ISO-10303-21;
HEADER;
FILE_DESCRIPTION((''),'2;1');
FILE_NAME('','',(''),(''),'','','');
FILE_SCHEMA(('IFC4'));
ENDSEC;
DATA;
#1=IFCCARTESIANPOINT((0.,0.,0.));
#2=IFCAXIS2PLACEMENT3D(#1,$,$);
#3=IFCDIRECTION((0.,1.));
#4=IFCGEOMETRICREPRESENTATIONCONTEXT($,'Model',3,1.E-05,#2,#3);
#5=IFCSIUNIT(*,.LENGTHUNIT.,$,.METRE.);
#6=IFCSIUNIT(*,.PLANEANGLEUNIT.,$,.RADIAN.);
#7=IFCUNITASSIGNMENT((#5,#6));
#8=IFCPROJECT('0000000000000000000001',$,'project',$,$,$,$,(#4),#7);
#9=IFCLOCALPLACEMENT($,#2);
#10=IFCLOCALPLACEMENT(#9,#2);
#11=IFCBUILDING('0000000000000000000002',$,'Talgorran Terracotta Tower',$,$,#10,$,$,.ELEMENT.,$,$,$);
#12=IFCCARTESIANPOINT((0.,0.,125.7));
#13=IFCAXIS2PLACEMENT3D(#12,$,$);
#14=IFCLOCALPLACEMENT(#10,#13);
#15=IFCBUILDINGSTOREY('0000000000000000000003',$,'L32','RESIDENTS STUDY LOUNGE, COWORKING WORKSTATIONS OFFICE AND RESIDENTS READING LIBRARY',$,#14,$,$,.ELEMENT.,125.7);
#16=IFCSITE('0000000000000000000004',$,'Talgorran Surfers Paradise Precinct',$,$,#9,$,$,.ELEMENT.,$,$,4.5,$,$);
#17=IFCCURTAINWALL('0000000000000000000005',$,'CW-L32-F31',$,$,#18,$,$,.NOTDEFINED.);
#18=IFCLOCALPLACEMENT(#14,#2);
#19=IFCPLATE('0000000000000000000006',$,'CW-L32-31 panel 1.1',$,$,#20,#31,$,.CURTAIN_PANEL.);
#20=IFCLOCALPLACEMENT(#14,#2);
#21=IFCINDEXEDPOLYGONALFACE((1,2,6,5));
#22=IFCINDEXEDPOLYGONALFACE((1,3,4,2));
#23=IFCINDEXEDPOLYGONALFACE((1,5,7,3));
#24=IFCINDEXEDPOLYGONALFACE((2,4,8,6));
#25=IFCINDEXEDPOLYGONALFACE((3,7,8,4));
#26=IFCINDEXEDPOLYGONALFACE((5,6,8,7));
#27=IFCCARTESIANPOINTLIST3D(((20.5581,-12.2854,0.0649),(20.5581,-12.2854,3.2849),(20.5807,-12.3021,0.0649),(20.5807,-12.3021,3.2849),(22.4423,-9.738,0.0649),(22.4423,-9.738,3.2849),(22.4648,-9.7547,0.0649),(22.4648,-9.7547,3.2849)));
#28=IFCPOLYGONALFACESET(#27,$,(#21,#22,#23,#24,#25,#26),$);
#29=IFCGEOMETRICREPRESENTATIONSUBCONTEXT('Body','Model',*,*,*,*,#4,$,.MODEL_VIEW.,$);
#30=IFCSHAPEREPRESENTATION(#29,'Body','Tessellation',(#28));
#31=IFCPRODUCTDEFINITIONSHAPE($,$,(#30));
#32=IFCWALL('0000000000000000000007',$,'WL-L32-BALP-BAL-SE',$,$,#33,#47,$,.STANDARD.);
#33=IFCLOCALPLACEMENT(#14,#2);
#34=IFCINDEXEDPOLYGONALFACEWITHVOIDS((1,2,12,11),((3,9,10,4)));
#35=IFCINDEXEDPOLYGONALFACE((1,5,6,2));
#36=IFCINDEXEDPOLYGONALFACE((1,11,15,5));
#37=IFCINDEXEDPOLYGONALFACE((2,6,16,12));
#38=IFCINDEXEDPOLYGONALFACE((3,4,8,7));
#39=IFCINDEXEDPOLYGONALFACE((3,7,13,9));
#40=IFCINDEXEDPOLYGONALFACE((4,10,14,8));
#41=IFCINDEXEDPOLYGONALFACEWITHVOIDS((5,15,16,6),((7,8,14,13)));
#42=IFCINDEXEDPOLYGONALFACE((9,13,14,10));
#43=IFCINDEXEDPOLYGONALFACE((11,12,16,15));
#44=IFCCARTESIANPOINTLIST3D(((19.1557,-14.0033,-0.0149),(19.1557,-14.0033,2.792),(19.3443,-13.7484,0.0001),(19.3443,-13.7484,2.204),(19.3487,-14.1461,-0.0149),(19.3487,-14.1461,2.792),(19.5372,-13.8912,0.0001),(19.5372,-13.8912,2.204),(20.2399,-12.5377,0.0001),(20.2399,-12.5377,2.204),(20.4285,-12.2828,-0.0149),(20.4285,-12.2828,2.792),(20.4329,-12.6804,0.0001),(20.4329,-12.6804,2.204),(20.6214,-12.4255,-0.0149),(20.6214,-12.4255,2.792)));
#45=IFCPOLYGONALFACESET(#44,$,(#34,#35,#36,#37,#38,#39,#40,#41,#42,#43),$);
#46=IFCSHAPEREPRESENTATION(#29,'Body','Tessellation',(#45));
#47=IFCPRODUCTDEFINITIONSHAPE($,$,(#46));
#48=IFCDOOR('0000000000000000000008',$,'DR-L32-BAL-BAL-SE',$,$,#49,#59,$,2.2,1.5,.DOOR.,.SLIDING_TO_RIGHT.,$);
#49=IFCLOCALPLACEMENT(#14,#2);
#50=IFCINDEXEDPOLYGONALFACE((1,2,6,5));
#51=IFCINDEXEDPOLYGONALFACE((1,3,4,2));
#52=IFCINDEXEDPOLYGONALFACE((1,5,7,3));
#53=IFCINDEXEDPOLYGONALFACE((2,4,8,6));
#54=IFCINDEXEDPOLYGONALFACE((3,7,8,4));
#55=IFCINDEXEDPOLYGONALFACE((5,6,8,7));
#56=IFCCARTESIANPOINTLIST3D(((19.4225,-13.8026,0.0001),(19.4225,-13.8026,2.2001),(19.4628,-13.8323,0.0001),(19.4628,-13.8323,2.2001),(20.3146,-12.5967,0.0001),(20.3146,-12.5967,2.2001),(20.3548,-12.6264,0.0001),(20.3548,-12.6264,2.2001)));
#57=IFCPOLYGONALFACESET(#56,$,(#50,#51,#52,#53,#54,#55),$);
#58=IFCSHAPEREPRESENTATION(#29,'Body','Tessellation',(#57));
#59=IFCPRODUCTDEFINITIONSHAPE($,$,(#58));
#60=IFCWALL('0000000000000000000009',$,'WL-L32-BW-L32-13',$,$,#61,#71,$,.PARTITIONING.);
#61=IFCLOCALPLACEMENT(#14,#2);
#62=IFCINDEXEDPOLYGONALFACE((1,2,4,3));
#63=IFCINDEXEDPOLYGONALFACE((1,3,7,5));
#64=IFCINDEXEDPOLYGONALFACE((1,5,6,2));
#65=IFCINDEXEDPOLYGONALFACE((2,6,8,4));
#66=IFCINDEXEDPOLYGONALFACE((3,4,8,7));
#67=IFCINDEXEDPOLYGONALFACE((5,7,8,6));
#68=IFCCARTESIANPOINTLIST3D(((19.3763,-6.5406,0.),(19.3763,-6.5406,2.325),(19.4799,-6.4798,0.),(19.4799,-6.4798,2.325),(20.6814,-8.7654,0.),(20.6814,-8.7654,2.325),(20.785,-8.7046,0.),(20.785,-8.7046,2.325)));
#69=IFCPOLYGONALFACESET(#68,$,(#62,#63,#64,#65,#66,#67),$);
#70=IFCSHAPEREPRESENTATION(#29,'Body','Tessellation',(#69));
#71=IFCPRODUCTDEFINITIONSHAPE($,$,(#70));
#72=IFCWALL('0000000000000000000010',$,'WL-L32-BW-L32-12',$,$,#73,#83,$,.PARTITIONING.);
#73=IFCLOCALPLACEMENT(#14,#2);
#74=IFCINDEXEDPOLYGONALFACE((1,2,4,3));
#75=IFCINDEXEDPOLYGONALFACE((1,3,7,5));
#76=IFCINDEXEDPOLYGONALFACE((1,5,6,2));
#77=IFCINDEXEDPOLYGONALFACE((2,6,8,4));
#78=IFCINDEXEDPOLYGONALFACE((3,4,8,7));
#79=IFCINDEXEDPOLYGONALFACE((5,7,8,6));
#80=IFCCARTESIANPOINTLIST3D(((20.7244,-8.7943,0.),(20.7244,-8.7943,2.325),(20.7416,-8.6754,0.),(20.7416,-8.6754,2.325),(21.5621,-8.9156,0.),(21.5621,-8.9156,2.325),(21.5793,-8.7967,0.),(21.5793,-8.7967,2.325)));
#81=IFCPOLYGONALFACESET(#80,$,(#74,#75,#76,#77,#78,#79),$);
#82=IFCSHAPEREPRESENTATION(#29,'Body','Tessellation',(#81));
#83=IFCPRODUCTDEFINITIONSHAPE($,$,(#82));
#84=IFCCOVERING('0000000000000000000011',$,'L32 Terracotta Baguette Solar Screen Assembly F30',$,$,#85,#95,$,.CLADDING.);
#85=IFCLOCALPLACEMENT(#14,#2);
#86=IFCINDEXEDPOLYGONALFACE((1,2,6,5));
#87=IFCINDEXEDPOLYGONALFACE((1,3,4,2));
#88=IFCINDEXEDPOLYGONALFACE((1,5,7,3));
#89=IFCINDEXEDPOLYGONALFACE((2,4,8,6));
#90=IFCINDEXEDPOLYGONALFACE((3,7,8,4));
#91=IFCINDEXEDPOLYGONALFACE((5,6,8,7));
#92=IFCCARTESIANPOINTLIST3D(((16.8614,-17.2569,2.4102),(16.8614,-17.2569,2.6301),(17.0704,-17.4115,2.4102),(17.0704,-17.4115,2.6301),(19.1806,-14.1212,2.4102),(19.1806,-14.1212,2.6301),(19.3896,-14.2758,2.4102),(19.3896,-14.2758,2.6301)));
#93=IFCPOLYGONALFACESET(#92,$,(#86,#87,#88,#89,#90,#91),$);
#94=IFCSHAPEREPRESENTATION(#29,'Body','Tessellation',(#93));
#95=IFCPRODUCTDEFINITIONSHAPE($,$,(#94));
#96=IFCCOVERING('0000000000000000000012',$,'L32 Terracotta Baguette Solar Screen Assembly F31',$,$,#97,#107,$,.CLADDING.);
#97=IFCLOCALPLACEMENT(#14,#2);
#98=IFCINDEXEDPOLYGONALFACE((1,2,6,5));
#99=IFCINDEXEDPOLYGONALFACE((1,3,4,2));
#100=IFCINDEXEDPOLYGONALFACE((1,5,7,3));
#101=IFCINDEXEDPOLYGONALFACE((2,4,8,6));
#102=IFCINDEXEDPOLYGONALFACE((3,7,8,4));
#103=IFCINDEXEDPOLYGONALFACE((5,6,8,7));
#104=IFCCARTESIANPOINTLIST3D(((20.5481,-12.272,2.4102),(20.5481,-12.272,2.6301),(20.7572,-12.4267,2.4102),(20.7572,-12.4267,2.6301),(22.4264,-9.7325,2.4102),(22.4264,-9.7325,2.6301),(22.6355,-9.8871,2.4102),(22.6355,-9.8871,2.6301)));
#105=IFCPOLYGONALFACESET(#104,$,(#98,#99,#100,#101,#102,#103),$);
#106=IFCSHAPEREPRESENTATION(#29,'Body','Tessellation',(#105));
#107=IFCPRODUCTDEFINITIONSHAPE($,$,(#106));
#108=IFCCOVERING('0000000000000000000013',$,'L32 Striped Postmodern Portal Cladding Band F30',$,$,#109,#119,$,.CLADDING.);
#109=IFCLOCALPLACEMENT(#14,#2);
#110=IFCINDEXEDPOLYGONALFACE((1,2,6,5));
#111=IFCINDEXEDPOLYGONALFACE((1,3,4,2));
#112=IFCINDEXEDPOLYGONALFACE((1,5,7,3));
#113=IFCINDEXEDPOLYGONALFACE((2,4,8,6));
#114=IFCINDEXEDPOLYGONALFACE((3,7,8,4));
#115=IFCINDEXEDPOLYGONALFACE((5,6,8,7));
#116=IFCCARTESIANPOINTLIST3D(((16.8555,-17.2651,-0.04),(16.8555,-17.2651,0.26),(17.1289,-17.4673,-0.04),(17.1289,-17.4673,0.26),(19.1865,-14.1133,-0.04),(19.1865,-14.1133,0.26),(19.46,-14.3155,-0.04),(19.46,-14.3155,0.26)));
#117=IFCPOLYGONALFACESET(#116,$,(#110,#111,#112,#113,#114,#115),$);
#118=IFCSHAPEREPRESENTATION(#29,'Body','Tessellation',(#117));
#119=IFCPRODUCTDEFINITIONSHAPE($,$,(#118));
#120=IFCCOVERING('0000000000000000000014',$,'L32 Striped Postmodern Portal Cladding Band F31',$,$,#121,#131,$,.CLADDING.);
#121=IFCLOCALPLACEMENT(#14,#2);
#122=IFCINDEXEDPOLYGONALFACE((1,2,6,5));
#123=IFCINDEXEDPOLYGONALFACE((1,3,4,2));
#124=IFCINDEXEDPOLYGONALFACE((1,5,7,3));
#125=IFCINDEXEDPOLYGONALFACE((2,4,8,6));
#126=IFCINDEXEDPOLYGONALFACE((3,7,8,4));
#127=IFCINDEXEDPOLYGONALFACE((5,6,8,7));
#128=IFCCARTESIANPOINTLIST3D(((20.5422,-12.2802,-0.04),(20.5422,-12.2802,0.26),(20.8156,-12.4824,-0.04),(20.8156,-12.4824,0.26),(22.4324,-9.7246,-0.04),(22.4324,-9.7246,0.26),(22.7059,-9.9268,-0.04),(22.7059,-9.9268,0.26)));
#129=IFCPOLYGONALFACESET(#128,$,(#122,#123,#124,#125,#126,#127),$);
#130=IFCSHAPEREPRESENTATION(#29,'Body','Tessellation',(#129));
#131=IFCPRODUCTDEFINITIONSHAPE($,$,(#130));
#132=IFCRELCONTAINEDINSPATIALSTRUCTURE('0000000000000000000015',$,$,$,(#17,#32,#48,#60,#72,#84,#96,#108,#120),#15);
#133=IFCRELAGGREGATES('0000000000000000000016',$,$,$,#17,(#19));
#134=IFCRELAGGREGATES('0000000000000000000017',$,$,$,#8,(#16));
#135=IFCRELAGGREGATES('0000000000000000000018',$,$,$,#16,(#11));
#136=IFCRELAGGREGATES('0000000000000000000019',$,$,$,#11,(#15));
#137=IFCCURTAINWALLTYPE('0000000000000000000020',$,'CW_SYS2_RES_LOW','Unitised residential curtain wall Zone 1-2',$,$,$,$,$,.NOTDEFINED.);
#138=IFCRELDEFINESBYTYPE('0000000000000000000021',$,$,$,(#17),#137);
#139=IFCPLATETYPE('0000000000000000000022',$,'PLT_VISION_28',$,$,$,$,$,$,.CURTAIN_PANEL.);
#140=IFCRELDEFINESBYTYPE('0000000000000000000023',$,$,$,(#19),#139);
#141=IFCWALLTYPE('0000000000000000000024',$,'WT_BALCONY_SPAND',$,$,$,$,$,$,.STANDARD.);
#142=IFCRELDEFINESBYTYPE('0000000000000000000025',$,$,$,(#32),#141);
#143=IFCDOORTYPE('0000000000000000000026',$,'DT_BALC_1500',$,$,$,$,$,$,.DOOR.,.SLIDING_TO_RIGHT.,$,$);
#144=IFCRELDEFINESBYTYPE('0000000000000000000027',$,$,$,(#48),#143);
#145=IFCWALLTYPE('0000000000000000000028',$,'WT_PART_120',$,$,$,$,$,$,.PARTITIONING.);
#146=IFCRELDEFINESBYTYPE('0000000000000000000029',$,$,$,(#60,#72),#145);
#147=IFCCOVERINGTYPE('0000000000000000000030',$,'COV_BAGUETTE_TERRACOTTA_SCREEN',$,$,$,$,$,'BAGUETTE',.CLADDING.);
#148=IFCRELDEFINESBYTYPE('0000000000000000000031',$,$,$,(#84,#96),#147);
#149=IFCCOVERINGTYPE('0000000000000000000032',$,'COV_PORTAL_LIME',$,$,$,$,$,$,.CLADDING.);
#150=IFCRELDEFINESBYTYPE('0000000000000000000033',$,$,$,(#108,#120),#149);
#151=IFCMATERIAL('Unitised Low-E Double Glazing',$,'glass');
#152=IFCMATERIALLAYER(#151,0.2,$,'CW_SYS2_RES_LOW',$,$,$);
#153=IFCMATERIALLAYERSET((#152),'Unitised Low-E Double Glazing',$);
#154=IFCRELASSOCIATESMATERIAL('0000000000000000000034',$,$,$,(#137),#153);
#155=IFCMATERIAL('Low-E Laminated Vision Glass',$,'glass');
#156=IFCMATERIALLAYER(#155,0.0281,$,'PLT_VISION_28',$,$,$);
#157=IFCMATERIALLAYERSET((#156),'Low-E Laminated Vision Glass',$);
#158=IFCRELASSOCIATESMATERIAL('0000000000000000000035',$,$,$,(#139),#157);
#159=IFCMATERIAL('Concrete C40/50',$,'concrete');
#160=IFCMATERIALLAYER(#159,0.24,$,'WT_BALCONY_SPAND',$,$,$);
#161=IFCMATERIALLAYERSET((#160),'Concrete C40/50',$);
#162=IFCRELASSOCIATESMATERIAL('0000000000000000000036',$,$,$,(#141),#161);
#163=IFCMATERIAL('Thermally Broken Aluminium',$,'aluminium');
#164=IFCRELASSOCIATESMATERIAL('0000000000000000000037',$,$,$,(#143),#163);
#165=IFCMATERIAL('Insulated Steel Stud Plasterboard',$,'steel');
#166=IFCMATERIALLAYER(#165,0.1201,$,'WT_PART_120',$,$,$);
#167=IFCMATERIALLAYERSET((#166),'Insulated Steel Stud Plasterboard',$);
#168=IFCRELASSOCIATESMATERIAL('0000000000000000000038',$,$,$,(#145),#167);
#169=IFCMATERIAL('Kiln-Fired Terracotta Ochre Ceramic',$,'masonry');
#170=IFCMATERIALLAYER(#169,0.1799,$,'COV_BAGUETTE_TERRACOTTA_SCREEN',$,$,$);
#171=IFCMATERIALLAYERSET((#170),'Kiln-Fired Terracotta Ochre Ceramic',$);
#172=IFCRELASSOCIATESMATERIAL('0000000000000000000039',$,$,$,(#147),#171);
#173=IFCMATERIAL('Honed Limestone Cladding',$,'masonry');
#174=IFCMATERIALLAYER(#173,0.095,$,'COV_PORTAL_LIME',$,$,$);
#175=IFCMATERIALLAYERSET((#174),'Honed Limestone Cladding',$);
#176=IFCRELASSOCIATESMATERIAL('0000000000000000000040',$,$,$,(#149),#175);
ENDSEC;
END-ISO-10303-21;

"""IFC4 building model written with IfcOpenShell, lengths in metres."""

from ifc_helpers import new_model, si_unit, direction, frame, frame_2d, origin, origin_2d, place, context, subcontext, project, spatial, rectangle, extrude, source, transform, mapped, material, layer, layer_set, type_object, type_shapes, element, fill, aggregate, save


model = new_model("IFC4")

# Units and contexts
model_context = context("Model", 3, precision=1e-05, world=origin(), true_north=direction((0.0, 1.0)))
body_context = subcontext(model_context, "Body", "Model", "MODEL_VIEW")
ifc_project = project(units=[si_unit("LENGTHUNIT", "METRE"), si_unit("PLANEANGLEUNIT", "RADIAN")], contexts=[model_context])

# Site, building, storey
site_placement = place(None, origin())
site = spatial("IfcSite", under=ifc_project, at=site_placement, Name="Talgorran Surfers Paradise Precinct", CompositionType="ELEMENT", RefElevation=4.5)
building_placement = place(site_placement, origin())
building = spatial("IfcBuilding", under=site, at=building_placement, Name="Talgorran Terracotta Tower", CompositionType="ELEMENT")
storey_placement = place(building_placement, frame((0.0, 0.0, 125.7)))
storey = spatial("IfcBuildingStorey", under=building, at=storey_placement, Name="L32", Description="RESIDENTS STUDY LOUNGE, COWORKING WORKSTATIONS OFFICE AND RESIDENTS READING LIBRARY", CompositionType="ELEMENT", Elevation=125.7)

# Shared definitions
ifc_material_1 = material(Name="Unitised Low-E Double Glazing", Category="glass")
ifc_layer_1 = layer(ifc_material_1, 0.2, Name="CW_SYS2_RES_LOW")
ifc_layer_set_1 = layer_set([ifc_layer_1], Name="Unitised Low-E Double Glazing")
curtain_wall_type = type_object("IfcCurtainWallType", Name="CW_SYS2_RES_LOW", Description="Unitised residential curtain wall Zone 1-2", PredefinedType="NOTDEFINED", material=ifc_layer_set_1)

# Curtain wall
curtain_wall_1_placement = place(storey_placement, origin())
curtain_wall_1 = element("IfcCurtainWall", 1, at=curtain_wall_1_placement, inside=storey, type_object=curtain_wall_type, Name="CW-L32-F31", PredefinedType="NOTDEFINED")

# Plate
ifc_material_2 = material(Name="Low-E Laminated Vision Glass", Category="glass")
ifc_layer_2 = layer(ifc_material_2, 0.0281, Name="PLT_VISION_28")
ifc_layer_set_2 = layer_set([ifc_layer_2], Name="Low-E Laminated Vision Glass")
plate_type_1 = type_object("IfcPlateType", Name="PLT_VISION_28", PredefinedType="CURTAIN_PANEL", material=ifc_layer_set_2)
shared_shape = source(origin(), body_context, "Body", "SweptSolid", [
    extrude(rectangle(XDim=3.1685, YDim=0.0281, at=origin_2d()), origin(), (0.0, 0.0, 1.0), 3.22),
])
type_shapes(plate_type_1, [shared_shape])
plate_1_placement = place(storey_placement, frame((21.5115, -11.02, 0.0649), z_axis=(0.0, 0.0, 1.0), x_axis=(0.594651, 0.803984, 0.0)))
plate_1 = element("IfcPlate", 2, at=plate_1_placement, type_object=plate_type_1, Name="CW-L32-31 panel 1.1", PredefinedType="CURTAIN_PANEL", context=body_context, shape_type="MappedRepresentation", body=[
    mapped(shared_shape, transform((0.0, 0.0, 0.0), scale=1.0)),
])
aggregate(curtain_wall_1, [plate_1])

# Wall, opening, door
ifc_material_3 = material(Name="Concrete C40/50", Category="concrete")
ifc_layer_3 = layer(ifc_material_3, 0.24, Name="WT_BALCONY_SPAND")
ifc_layer_set_3 = layer_set([ifc_layer_3], Name="Concrete C40/50")
wall_type_1 = type_object("IfcWallType", Name="WT_BALCONY_SPAND", PredefinedType="STANDARD", material=ifc_layer_set_3)
wall_1_placement = place(storey_placement, frame((19.2522, -14.0747, -0.0149), z_axis=(0.0, 0.0, 1.0), x_axis=(0.594712, 0.803939, 0.0)))
wall_1 = element("IfcWall", 3, at=wall_1_placement, inside=storey, type_object=wall_type_1, Name="WL-L32-BALP-BAL-SE", PredefinedType="STANDARD", context=body_context, shape_type="SweptSolid", body=[
    extrude(rectangle(XDim=2.1401, YDim=0.24, at=frame_2d((1.0701, 0.0))), origin(), (0.0, 0.0, 1.0), 2.8069),
])
opening_placement = place(wall_1_placement, frame((0.3201, 0.0, 0.0149)))
opening = element("IfcOpeningElement", 4, at=opening_placement, cuts=wall_1, PredefinedType="OPENING", context=body_context, shape_type="SweptSolid", body=[
    extrude(rectangle(XDim=1.506, YDim=2.204, at=frame_2d((0.75, 1.1021))), frame((0.0, 0.1299, 0.0), z_axis=(0.0, -1.0, 0.0), x_axis=(1.0, 0.0, 0.0)), (0.0, 0.0, 1.0), 0.26),
])
ifc_material_4 = material(Name="Thermally Broken Aluminium", Category="aluminium")
door_type = type_object("IfcDoorType", Name="DT_BALC_1500", OperationType="SLIDING_TO_RIGHT", PredefinedType="DOOR", material=ifc_material_4)
door_placement = place(opening_placement, origin())
door = element("IfcDoor", 5, at=door_placement, inside=storey, type_object=door_type, Name="DR-L32-BAL-BAL-SE", OperationType="SLIDING_TO_RIGHT", OverallHeight=2.2, OverallWidth=1.5, PredefinedType="DOOR", context=body_context, shape_type="SweptSolid", body=[
    extrude(rectangle(XDim=1.5, YDim=2.2, at=frame_2d((0.75, 1.1001))), frame((0.0, 0.0249, 0.0), z_axis=(0.0, -1.0, 0.0), x_axis=(1.0, 0.0, 0.0)), (0.0, 0.0, 1.0), 0.05),
])
fill(opening, door)

# Walls
ifc_material_5 = material(Name="Insulated Steel Stud Plasterboard", Category="steel")
ifc_layer_4 = layer(ifc_material_5, 0.1201, Name="WT_PART_120")
ifc_layer_set_4 = layer_set([ifc_layer_4], Name="Insulated Steel Stud Plasterboard")
wall_type_2 = type_object("IfcWallType", Name="WT_PART_120", PredefinedType="PARTITIONING", material=ifc_layer_set_4)
wall_2_placement = place(storey_placement, frame((20.7332, -8.7349, 0.0), z_axis=(0.0, 0.0, 1.0), x_axis=(-0.505994, 0.862537, 0.0)))
element("IfcWall", 6, at=wall_2_placement, inside=storey, type_object=wall_type_2, Name="WL-L32-BW-L32-13", PredefinedType="PARTITIONING", context=body_context, shape_type="SweptSolid", body=[
    extrude(rectangle(XDim=2.5793, YDim=0.1201, at=frame_2d((1.2896, 0.0))), origin(), (0.0, 0.0, 1.0), 2.325),
])
wall_3_placement = place(storey_placement, frame((21.5708, -8.8562, 0.0), z_axis=(0.0, 0.0, 1.0), x_axis=(-0.989671, 0.143359, 0.0)))
element("IfcWall", 7, at=wall_3_placement, inside=storey, type_object=wall_type_2, Name="WL-L32-BW-L32-12", PredefinedType="PARTITIONING", context=body_context, shape_type="SweptSolid", body=[
    extrude(rectangle(XDim=0.8464, YDim=0.1201, at=frame_2d((0.4233, 0.0))), origin(), (0.0, 0.0, 1.0), 2.325),
])

# Coverings
ifc_material_6 = material(Name="Kiln-Fired Terracotta Ochre Ceramic", Category="masonry")
ifc_layer_5 = layer(ifc_material_6, 0.1799, Name="COV_BAGUETTE_TERRACOTTA_SCREEN")
ifc_layer_set_5 = layer_set([ifc_layer_5], Name="Kiln-Fired Terracotta Ochre Ceramic")
covering_type_1 = type_object("IfcCoveringType", Name="COV_BAGUETTE_TERRACOTTA_SCREEN", ElementType="BAGUETTE", PredefinedType="CLADDING", material=ifc_layer_set_5)
covering_1_placement = place(storey_placement, frame((18.1255, -15.7664, 2.4102), z_axis=(0.0, 0.0, 1.0), x_axis=(0.59464, 0.803992, 0.0)))
element("IfcCovering", 8, at=covering_1_placement, inside=storey, type_object=covering_type_1, Name="L32 Terracotta Baguette Solar Screen Assembly F30", PredefinedType="CLADDING", context=body_context, shape_type="SweptSolid", body=[
    extrude(rectangle(XDim=3.9001, YDim=0.26, at=origin_2d()), origin(), (0.0, 0.0, 1.0), 0.22),
])
covering_2_placement = place(storey_placement, frame((21.5918, -11.0796, 2.4102), z_axis=(0.0, 0.0, 1.0), x_axis=(0.594654, 0.803981, 0.0)))
element("IfcCovering", 9, at=covering_2_placement, inside=storey, type_object=covering_type_1, Name="L32 Terracotta Baguette Solar Screen Assembly F31", PredefinedType="CLADDING", context=body_context, shape_type="SweptSolid", body=[
    extrude(rectangle(XDim=3.1587, YDim=0.26, at=origin_2d()), origin(), (0.0, 0.0, 1.0), 0.22),
])
ifc_material_7 = material(Name="Honed Limestone Cladding", Category="masonry")
ifc_layer_6 = layer(ifc_material_7, 0.095, Name="COV_PORTAL_LIME")
ifc_layer_set_6 = layer_set([ifc_layer_6], Name="Honed Limestone Cladding")
covering_type_2 = type_object("IfcCoveringType", Name="COV_PORTAL_LIME", PredefinedType="CLADDING", material=ifc_layer_set_6)
covering_3_placement = place(storey_placement, frame((18.1577, -15.7903, -0.04), z_axis=(0.0, 0.0, 1.0), x_axis=(0.59464, 0.803992, 0.0)))
element("IfcCovering", 10, at=covering_3_placement, inside=storey, type_object=covering_type_2, Name="L32 Striped Postmodern Portal Cladding Band F30", PredefinedType="CLADDING", context=body_context, shape_type="SweptSolid", body=[
    extrude(rectangle(XDim=3.9202, YDim=0.3401, at=origin_2d()), origin(), (0.0, 0.0, 1.0), 0.3),
])
covering_4_placement = place(storey_placement, frame((21.624, -11.1035, -0.04), z_axis=(0.0, 0.0, 1.0), x_axis=(0.594654, 0.803981, 0.0)))
element("IfcCovering", 11, at=covering_4_placement, inside=storey, type_object=covering_type_2, Name="L32 Striped Postmodern Portal Cladding Band F31", PredefinedType="CLADDING", context=body_context, shape_type="SweptSolid", body=[
    extrude(rectangle(XDim=3.1787, YDim=0.3401, at=origin_2d()), origin(), (0.0, 0.0, 1.0), 0.3),
])

save(model, "model.ifc")
